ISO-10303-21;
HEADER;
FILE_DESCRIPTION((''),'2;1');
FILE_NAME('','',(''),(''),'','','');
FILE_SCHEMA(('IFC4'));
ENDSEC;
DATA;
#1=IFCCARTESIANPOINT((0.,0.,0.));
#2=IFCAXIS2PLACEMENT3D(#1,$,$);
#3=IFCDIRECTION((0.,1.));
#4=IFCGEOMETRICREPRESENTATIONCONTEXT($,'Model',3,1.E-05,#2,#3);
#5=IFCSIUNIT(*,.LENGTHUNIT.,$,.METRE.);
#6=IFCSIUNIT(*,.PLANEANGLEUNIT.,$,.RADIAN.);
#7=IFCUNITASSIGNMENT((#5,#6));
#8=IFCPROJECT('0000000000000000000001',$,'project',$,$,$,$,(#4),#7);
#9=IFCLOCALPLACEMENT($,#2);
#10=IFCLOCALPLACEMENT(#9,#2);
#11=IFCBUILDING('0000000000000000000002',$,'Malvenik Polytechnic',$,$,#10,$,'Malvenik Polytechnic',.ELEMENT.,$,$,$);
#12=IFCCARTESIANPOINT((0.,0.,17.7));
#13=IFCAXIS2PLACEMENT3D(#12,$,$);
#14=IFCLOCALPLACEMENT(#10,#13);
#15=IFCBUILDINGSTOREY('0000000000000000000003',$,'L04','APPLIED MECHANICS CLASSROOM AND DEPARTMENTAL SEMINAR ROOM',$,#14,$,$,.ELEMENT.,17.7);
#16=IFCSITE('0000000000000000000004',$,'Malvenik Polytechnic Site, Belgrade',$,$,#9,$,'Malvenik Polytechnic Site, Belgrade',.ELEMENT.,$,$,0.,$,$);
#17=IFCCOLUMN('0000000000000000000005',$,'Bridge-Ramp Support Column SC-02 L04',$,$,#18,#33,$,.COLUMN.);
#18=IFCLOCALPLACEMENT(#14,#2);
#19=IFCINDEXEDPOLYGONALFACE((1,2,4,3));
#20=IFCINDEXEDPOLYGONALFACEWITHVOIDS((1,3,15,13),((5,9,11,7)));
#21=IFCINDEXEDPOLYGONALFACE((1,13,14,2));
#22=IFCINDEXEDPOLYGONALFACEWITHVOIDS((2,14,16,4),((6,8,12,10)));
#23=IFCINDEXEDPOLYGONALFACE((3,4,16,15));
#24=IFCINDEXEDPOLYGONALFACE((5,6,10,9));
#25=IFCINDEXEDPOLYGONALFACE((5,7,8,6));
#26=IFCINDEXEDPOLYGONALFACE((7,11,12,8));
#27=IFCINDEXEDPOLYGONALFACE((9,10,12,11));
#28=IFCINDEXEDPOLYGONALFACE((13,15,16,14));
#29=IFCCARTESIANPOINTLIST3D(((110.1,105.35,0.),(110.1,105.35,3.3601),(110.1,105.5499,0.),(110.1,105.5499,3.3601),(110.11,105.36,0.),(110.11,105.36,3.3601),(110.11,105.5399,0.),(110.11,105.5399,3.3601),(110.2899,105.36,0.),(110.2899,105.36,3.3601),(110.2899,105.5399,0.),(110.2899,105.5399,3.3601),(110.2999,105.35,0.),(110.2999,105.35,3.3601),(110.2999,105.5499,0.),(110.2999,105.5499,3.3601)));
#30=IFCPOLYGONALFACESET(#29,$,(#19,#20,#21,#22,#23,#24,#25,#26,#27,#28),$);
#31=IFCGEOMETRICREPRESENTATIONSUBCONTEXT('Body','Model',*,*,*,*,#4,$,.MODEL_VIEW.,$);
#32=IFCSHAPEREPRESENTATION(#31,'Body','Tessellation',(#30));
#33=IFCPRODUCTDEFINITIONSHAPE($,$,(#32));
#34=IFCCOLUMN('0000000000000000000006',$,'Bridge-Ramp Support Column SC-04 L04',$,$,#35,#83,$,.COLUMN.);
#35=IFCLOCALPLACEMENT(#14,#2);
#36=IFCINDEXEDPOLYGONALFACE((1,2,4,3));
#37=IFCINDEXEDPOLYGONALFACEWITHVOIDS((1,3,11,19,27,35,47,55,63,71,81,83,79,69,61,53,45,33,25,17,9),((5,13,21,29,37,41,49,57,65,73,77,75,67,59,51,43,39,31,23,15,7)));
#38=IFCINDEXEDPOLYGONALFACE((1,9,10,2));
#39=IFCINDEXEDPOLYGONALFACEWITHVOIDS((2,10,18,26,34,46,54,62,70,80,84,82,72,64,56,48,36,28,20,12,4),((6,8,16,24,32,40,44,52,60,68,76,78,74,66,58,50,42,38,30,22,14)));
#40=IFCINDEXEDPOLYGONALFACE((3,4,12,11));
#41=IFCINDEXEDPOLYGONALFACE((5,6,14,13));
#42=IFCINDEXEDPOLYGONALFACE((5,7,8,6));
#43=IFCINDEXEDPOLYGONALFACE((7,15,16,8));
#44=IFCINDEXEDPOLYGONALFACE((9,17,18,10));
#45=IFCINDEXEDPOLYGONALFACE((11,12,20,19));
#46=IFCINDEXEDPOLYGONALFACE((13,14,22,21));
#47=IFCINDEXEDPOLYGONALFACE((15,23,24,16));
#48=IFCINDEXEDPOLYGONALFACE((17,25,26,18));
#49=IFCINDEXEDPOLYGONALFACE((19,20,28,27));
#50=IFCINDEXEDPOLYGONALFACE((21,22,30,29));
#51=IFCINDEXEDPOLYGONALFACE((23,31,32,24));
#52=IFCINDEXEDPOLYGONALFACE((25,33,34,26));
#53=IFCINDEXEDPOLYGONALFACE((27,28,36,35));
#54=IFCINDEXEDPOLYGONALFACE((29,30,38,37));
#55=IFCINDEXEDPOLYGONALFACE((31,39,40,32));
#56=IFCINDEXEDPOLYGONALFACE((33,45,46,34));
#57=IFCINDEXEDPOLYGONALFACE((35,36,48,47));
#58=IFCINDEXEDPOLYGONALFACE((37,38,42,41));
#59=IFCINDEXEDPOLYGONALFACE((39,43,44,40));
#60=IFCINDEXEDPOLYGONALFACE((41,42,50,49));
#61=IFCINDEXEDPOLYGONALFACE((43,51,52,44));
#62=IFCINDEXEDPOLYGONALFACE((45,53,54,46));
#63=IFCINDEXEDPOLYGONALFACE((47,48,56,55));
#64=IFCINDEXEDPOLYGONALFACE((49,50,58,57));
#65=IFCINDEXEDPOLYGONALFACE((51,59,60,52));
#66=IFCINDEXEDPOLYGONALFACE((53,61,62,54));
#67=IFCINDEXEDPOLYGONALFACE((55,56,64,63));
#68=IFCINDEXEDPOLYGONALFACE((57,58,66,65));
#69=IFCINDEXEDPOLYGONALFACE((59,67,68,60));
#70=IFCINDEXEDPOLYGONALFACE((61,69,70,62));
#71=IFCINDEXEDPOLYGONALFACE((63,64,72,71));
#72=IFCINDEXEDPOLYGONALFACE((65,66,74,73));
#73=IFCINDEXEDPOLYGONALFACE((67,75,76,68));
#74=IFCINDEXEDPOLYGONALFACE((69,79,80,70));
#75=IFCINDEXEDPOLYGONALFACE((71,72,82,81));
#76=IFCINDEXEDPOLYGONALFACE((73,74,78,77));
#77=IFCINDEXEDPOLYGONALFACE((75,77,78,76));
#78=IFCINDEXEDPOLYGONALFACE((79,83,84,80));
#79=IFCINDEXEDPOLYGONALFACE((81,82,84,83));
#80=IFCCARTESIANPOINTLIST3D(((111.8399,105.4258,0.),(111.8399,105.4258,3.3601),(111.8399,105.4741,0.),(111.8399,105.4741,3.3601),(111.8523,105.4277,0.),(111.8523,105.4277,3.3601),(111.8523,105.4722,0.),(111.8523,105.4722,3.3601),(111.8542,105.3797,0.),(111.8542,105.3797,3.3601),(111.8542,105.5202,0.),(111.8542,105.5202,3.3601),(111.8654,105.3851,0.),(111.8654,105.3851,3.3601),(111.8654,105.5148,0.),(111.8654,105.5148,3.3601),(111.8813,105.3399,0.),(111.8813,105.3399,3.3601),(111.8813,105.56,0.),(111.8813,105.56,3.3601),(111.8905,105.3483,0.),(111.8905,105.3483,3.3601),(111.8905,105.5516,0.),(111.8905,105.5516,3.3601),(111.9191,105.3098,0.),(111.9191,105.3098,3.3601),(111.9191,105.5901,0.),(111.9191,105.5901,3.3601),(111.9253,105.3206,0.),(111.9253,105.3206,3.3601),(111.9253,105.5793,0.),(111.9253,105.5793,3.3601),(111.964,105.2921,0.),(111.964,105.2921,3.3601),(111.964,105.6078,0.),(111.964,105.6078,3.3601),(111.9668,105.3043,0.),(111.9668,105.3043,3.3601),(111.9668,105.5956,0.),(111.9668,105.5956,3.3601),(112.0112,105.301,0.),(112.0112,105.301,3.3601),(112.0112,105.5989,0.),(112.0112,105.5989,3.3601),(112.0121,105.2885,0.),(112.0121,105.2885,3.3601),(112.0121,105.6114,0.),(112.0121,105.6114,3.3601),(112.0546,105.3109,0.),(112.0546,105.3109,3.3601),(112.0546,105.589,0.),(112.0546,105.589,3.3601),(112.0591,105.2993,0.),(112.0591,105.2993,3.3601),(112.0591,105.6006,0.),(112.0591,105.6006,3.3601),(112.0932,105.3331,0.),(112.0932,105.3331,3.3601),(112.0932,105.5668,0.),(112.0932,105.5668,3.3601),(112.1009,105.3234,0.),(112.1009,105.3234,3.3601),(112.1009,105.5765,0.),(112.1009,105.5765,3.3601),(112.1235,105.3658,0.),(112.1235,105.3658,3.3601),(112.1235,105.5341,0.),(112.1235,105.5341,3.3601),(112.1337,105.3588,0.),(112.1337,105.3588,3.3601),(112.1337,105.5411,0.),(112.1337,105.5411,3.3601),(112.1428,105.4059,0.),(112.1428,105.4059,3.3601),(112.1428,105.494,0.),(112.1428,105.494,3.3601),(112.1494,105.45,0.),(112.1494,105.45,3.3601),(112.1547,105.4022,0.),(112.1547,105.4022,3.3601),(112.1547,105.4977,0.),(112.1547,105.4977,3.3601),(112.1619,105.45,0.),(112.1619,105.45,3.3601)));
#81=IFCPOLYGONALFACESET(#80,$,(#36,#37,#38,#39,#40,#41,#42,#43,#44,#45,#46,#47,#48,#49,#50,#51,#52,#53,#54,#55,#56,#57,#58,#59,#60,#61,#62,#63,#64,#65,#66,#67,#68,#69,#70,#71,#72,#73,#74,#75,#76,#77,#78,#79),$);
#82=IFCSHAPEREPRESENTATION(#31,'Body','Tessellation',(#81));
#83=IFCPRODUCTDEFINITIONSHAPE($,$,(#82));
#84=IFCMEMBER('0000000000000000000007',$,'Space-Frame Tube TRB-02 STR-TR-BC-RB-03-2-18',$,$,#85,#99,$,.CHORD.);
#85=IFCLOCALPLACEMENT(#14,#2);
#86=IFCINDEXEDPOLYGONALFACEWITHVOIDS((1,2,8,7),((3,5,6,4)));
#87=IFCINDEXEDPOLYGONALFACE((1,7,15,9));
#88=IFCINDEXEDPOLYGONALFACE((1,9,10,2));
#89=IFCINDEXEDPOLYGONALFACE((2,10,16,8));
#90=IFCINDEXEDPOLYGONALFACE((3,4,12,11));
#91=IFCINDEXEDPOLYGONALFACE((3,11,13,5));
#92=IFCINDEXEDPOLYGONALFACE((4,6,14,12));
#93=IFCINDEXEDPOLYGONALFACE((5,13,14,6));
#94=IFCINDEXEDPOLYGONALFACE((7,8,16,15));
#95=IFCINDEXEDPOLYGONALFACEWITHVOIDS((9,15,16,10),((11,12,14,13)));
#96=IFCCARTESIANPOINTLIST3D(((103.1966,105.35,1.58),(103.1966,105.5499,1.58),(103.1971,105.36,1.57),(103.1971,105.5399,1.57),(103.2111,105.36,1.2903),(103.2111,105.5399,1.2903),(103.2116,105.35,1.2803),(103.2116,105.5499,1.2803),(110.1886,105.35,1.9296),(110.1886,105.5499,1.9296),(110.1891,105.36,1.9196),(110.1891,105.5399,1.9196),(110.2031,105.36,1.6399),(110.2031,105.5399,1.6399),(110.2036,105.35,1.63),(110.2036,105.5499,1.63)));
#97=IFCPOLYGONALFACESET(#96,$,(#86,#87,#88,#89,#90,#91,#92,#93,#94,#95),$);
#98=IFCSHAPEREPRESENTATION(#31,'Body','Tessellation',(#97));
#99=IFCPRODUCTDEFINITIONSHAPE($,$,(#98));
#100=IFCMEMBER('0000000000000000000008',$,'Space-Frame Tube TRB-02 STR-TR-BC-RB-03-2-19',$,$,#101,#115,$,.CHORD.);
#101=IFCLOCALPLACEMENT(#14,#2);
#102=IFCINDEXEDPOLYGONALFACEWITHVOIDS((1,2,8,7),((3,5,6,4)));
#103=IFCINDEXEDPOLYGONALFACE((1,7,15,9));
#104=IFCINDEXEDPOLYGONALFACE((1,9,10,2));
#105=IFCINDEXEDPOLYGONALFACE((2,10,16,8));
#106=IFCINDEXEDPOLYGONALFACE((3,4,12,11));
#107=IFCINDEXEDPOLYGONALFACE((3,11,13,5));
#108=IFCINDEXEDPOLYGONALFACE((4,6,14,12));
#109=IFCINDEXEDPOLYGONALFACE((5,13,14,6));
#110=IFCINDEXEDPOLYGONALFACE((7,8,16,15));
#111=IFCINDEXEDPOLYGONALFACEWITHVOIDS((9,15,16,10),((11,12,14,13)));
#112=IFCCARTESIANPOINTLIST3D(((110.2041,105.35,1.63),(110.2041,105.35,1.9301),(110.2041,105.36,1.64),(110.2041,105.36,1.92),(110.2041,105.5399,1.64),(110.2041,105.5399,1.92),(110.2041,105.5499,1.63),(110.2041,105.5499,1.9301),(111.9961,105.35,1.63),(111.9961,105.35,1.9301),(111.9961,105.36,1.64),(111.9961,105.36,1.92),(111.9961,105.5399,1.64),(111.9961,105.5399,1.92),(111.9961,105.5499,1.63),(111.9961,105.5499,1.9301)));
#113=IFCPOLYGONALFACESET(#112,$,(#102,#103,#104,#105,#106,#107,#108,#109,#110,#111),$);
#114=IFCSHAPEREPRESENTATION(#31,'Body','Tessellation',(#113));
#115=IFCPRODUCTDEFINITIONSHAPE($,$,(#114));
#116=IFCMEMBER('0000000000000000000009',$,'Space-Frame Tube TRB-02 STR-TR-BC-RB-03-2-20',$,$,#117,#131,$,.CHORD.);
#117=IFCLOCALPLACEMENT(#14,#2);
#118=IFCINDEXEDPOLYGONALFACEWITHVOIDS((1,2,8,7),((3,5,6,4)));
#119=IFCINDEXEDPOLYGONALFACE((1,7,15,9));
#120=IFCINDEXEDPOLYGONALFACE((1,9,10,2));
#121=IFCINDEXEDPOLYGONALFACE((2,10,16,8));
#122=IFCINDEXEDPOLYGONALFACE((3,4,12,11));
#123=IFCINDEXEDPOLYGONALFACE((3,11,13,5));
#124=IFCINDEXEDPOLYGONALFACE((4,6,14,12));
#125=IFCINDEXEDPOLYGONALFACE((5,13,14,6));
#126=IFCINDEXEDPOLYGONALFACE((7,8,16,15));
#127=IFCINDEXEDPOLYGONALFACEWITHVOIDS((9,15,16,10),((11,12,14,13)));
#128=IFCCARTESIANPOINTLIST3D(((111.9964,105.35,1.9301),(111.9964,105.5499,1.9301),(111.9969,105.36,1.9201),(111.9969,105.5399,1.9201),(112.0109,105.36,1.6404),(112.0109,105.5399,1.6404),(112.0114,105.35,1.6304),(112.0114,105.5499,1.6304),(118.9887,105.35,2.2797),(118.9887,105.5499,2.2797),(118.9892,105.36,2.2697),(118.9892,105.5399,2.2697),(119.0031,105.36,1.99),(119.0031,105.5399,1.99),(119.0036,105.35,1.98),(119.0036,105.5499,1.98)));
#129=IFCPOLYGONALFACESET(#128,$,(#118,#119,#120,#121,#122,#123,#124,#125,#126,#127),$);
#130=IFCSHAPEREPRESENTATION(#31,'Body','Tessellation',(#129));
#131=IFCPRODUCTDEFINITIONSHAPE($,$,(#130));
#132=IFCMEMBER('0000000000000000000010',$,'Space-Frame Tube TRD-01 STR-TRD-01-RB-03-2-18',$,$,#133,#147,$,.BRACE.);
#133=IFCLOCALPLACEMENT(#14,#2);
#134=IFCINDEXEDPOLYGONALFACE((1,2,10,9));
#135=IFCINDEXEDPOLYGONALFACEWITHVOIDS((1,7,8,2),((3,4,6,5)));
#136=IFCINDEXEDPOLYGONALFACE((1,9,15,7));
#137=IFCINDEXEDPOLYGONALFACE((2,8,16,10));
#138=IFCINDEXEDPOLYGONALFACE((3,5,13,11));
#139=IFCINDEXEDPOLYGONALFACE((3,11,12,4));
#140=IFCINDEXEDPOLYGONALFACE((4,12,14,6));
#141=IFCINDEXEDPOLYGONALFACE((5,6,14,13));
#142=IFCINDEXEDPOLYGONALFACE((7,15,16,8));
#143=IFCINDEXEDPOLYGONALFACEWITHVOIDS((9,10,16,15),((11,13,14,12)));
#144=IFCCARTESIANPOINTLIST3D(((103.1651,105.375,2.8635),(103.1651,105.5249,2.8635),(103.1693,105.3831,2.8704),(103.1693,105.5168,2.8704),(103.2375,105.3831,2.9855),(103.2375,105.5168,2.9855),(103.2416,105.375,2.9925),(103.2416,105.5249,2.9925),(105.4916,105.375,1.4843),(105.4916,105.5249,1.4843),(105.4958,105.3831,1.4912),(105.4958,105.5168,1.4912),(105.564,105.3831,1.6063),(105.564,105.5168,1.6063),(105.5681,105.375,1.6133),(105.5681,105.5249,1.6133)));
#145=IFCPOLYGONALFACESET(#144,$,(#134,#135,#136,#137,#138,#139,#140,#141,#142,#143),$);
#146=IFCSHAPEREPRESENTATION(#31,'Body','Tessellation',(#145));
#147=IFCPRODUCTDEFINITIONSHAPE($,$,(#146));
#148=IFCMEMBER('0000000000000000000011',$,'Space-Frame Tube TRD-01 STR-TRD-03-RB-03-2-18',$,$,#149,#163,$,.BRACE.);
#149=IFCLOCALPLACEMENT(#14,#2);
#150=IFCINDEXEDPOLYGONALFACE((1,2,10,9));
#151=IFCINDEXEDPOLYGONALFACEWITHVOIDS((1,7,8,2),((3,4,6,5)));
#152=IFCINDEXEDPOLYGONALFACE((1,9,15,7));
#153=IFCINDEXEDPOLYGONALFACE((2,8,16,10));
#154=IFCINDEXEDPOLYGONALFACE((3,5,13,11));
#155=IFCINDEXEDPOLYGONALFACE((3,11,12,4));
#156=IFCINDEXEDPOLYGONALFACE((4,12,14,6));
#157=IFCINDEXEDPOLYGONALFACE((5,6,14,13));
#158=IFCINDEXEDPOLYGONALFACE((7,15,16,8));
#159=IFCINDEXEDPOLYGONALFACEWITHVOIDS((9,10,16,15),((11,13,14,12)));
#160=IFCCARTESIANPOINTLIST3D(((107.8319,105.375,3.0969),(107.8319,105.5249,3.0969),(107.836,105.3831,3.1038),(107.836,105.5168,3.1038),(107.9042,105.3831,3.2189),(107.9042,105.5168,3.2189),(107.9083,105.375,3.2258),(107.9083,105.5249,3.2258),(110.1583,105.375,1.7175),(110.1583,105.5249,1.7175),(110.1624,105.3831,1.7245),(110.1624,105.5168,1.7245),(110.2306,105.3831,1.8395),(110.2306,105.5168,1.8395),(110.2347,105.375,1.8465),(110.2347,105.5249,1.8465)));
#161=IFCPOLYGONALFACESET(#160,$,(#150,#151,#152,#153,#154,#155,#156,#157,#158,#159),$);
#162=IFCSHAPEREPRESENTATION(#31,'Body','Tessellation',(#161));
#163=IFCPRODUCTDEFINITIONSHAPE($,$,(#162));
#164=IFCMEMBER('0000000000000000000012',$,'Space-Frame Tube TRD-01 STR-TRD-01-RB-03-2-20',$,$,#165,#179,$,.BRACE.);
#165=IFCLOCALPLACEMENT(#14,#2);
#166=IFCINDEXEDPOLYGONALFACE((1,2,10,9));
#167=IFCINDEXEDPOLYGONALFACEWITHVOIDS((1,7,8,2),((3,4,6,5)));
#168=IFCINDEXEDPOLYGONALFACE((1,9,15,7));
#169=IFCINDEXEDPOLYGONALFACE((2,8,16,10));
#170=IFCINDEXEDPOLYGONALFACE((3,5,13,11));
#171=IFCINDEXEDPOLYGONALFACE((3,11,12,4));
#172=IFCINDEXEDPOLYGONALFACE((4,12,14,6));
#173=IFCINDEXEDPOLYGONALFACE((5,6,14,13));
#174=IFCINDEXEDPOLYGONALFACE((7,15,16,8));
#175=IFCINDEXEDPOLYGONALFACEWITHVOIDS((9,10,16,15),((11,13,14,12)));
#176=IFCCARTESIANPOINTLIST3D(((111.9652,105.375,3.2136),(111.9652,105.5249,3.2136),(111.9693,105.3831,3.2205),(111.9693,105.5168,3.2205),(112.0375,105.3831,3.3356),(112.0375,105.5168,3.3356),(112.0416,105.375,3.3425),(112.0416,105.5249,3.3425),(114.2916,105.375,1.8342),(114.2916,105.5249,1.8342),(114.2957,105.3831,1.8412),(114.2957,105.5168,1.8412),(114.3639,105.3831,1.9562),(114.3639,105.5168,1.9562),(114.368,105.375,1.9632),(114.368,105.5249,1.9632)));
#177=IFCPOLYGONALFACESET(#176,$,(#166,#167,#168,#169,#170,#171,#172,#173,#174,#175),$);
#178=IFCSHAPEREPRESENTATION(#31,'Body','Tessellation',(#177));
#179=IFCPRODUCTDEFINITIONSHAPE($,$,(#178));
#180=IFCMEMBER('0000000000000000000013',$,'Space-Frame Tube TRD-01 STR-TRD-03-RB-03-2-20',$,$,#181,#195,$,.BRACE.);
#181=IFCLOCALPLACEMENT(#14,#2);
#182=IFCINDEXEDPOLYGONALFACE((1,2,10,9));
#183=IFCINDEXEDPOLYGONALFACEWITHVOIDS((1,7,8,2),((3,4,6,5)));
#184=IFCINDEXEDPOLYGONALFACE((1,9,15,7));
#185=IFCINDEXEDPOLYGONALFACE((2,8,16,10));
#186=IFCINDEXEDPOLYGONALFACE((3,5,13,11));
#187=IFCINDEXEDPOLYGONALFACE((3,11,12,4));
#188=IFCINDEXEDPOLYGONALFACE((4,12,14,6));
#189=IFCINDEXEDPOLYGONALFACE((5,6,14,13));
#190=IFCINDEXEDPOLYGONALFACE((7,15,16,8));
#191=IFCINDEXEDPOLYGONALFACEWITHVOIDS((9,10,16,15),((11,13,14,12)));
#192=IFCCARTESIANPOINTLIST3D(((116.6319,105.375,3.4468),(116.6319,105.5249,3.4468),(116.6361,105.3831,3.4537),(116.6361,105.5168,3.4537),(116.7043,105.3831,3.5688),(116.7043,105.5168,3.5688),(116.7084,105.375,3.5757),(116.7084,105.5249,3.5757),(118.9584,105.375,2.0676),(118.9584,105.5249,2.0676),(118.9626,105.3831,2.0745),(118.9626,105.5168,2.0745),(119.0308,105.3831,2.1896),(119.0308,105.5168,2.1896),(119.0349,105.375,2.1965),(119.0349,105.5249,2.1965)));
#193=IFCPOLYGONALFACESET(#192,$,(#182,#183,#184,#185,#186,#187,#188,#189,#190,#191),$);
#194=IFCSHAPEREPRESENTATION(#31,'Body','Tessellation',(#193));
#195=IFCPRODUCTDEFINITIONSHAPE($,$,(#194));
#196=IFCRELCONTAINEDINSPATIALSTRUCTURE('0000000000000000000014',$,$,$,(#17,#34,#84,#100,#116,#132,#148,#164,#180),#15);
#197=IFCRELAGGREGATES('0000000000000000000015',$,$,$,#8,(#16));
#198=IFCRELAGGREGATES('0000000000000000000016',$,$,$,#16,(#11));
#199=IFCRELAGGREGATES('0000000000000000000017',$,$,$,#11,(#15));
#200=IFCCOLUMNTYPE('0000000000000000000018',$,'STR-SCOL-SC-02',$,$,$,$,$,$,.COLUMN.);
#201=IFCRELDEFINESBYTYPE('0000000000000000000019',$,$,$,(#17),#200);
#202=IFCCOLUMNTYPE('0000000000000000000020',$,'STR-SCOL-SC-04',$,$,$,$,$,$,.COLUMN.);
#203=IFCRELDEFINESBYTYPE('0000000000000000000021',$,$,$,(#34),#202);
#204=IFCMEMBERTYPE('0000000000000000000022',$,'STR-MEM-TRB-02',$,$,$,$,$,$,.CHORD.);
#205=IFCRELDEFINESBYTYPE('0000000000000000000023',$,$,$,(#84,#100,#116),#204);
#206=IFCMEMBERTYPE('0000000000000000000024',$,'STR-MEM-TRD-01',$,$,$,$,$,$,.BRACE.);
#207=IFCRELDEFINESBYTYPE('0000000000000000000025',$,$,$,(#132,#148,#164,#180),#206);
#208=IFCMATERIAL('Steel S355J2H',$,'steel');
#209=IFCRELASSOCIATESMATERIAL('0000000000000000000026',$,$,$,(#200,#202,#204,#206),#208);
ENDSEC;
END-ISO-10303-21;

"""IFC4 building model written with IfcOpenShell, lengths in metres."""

from ifc_helpers import new_model, si_unit, direction, frame, origin, origin_2d, place, context, subcontext, project, spatial, hollow_rectangle, hollow_circle, extrude, material, material_profile, profile_set, type_object, element, save


model = new_model("IFC4")

# Units and contexts
model_context = context("Model", 3, precision=1e-05, world=origin(), true_north=direction((0.0, 1.0)))
body_context = subcontext(model_context, "Body", "Model", "MODEL_VIEW")
ifc_project = project(units=[si_unit("LENGTHUNIT", "METRE"), si_unit("PLANEANGLEUNIT", "RADIAN")], contexts=[model_context])

# Site, building, storey
site_placement = place(None, origin())
site = spatial("IfcSite", under=ifc_project, at=site_placement, Name="Malvenik Polytechnic Site, Belgrade", LongName="Malvenik Polytechnic Site, Belgrade", CompositionType="ELEMENT", RefElevation=0.0)
building_placement = place(site_placement, origin())
building = spatial("IfcBuilding", under=site, at=building_placement, Name="Malvenik Polytechnic", LongName="Malvenik Polytechnic", CompositionType="ELEMENT")
storey_placement = place(building_placement, frame((0.0, 0.0, 17.7)))
storey = spatial("IfcBuildingStorey", under=building, at=storey_placement, Name="L04", Description="APPLIED MECHANICS CLASSROOM AND DEPARTMENTAL SEMINAR ROOM", CompositionType="ELEMENT", Elevation=17.7)

# Columns
ifc_material = material(Name="Steel S355J2H", Category="steel")
ifc_material_profile_1 = material_profile(ifc_material, hollow_rectangle(XDim=0.2, YDim=0.2, WallThickness=0.01, at=origin_2d()), Name="SHS 200x200x10.0")
ifc_profile_set_1 = profile_set([ifc_material_profile_1], Name="Steel S355J2H")
column_type_1 = type_object("IfcColumnType", Name="STR-SCOL-SC-02", PredefinedType="COLUMN", material=ifc_profile_set_1)
column_1_placement = place(storey_placement, frame((110.2, 105.45, 0.0), z_axis=(0.0, 0.0, 1.0), x_axis=(1.0, 0.0, 0.0)))
element("IfcColumn", 1, at=column_1_placement, inside=storey, type_object=column_type_1, Name="Bridge-Ramp Support Column SC-02 L04", PredefinedType="COLUMN", context=body_context, shape_type="SweptSolid", body=[
    extrude(hollow_rectangle(XDim=0.2, YDim=0.2, WallThickness=0.01, at=origin_2d()), origin(), (0.0, 0.0, 1.0), 3.3601),
])
ifc_material_profile_2 = material_profile(ifc_material, hollow_circle(Radius=0.1619, WallThickness=0.0125, at=origin_2d()), Name="CHS 323.9x12.5")
ifc_profile_set_2 = profile_set([ifc_material_profile_2], Name="Steel S355J2H")
column_type_2 = type_object("IfcColumnType", Name="STR-SCOL-SC-04", PredefinedType="COLUMN", material=ifc_profile_set_2)
column_2_placement = place(storey_placement, frame((112.0, 105.45, 0.0), z_axis=(0.0, 0.0, 1.0), x_axis=(1.0, 0.0, 0.0)))
element("IfcColumn", 2, at=column_2_placement, inside=storey, type_object=column_type_2, Name="Bridge-Ramp Support Column SC-04 L04", PredefinedType="COLUMN", context=body_context, shape_type="SweptSolid", body=[
    extrude(hollow_circle(Radius=0.1619, WallThickness=0.0125, at=origin_2d()), origin(), (0.0, 0.0, 1.0), 3.3601),
])

# Members
ifc_material_profile_3 = material_profile(ifc_material, hollow_rectangle(XDim=0.2, YDim=0.3, WallThickness=0.01, at=origin_2d()), Name="RHS 300x200x10.0")
ifc_profile_set_3 = profile_set([ifc_material_profile_3], Name="Steel S355J2H")
member_type_1 = type_object("IfcMemberType", Name="STR-MEM-TRB-02", PredefinedType="CHORD", material=ifc_profile_set_3)
member_1_placement = place(storey_placement, frame((103.2041, 105.45, 1.4302), z_axis=(0.998752, 0.0, 0.049939), x_axis=(0.0, 1.0, 0.0)))
element("IfcMember", 3, at=member_1_placement, inside=storey, type_object=member_type_1, Name="Space-Frame Tube TRB-02 STR-TR-BC-RB-03-2-18", PredefinedType="CHORD", context=body_context, shape_type="SweptSolid", body=[
    extrude(hollow_rectangle(XDim=0.2, YDim=0.3, WallThickness=0.01, at=origin_2d()), origin(), (0.0, 0.0, 1.0), 7.0007),
])
member_2_placement = place(storey_placement, frame((110.2041, 105.45, 1.78), z_axis=(1.0, 0.0, 0.0), x_axis=(0.0, 1.0, 0.0)))
element("IfcMember", 4, at=member_2_placement, inside=storey, type_object=member_type_1, Name="Space-Frame Tube TRB-02 STR-TR-BC-RB-03-2-19", PredefinedType="CHORD", context=body_context, shape_type="SweptSolid", body=[
    extrude(hollow_rectangle(XDim=0.2, YDim=0.3, WallThickness=0.01, at=origin_2d()), origin(), (0.0, 0.0, 1.0), 1.792),
])
member_3_placement = place(storey_placement, frame((112.0039, 105.45, 1.7803), z_axis=(0.998752, 0.0, 0.049938), x_axis=(0.0, 1.0, 0.0)))
element("IfcMember", 5, at=member_3_placement, inside=storey, type_object=member_type_1, Name="Space-Frame Tube TRB-02 STR-TR-BC-RB-03-2-20", PredefinedType="CHORD", context=body_context, shape_type="SweptSolid", body=[
    extrude(hollow_rectangle(XDim=0.2, YDim=0.3, WallThickness=0.01, at=origin_2d()), origin(), (0.0, 0.0, 1.0), 7.001),
])
ifc_material_profile_4 = material_profile(ifc_material, hollow_rectangle(XDim=0.1499, YDim=0.1499, WallThickness=0.0081, at=origin_2d()), Name="SHS 150x150x8.0")
ifc_profile_set_4 = profile_set([ifc_material_profile_4], Name="Steel S355J2H")
member_type_2 = type_object("IfcMemberType", Name="STR-MEM-TRD-01", PredefinedType="BRACE", material=ifc_profile_set_4)
for number, where, z_axis, x_axis, name in (
    (6, (103.2034, 105.45, 2.928), (0.860205, 0.0, -0.509948), (0.0, 1.0, 0.0), "Space-Frame Tube TRD-01 STR-TRD-01-RB-03-2-18"),
    (7, (107.8701, 105.45, 3.1614), (0.860165, 0.0, -0.510015), (0.0, 1.0, 0.0), "Space-Frame Tube TRD-01 STR-TRD-03-RB-03-2-18"),
    (8, (112.0034, 105.45, 3.2781), (0.860165, 0.0, -0.510015), (0.0, 1.0, 0.0), "Space-Frame Tube TRD-01 STR-TRD-01-RB-03-2-20"),
    (9, (116.6702, 105.45, 3.5112), (0.860205, 0.0, -0.509948), (0.0, 1.0, 0.0), "Space-Frame Tube TRD-01 STR-TRD-03-RB-03-2-20"),
):
    element("IfcMember", number, at=place(storey_placement, frame(where, z_axis=z_axis, x_axis=x_axis)), inside=storey, type_object=member_type_2, Name=name, PredefinedType="BRACE", context=body_context, shape_type="SweptSolid", body=[
        extrude(hollow_rectangle(XDim=0.1499, YDim=0.1499, WallThickness=0.0081, at=origin_2d()), origin(), (0.0, 0.0, 1.0), 2.7046),
    ])

save(model, "model.ifc")
